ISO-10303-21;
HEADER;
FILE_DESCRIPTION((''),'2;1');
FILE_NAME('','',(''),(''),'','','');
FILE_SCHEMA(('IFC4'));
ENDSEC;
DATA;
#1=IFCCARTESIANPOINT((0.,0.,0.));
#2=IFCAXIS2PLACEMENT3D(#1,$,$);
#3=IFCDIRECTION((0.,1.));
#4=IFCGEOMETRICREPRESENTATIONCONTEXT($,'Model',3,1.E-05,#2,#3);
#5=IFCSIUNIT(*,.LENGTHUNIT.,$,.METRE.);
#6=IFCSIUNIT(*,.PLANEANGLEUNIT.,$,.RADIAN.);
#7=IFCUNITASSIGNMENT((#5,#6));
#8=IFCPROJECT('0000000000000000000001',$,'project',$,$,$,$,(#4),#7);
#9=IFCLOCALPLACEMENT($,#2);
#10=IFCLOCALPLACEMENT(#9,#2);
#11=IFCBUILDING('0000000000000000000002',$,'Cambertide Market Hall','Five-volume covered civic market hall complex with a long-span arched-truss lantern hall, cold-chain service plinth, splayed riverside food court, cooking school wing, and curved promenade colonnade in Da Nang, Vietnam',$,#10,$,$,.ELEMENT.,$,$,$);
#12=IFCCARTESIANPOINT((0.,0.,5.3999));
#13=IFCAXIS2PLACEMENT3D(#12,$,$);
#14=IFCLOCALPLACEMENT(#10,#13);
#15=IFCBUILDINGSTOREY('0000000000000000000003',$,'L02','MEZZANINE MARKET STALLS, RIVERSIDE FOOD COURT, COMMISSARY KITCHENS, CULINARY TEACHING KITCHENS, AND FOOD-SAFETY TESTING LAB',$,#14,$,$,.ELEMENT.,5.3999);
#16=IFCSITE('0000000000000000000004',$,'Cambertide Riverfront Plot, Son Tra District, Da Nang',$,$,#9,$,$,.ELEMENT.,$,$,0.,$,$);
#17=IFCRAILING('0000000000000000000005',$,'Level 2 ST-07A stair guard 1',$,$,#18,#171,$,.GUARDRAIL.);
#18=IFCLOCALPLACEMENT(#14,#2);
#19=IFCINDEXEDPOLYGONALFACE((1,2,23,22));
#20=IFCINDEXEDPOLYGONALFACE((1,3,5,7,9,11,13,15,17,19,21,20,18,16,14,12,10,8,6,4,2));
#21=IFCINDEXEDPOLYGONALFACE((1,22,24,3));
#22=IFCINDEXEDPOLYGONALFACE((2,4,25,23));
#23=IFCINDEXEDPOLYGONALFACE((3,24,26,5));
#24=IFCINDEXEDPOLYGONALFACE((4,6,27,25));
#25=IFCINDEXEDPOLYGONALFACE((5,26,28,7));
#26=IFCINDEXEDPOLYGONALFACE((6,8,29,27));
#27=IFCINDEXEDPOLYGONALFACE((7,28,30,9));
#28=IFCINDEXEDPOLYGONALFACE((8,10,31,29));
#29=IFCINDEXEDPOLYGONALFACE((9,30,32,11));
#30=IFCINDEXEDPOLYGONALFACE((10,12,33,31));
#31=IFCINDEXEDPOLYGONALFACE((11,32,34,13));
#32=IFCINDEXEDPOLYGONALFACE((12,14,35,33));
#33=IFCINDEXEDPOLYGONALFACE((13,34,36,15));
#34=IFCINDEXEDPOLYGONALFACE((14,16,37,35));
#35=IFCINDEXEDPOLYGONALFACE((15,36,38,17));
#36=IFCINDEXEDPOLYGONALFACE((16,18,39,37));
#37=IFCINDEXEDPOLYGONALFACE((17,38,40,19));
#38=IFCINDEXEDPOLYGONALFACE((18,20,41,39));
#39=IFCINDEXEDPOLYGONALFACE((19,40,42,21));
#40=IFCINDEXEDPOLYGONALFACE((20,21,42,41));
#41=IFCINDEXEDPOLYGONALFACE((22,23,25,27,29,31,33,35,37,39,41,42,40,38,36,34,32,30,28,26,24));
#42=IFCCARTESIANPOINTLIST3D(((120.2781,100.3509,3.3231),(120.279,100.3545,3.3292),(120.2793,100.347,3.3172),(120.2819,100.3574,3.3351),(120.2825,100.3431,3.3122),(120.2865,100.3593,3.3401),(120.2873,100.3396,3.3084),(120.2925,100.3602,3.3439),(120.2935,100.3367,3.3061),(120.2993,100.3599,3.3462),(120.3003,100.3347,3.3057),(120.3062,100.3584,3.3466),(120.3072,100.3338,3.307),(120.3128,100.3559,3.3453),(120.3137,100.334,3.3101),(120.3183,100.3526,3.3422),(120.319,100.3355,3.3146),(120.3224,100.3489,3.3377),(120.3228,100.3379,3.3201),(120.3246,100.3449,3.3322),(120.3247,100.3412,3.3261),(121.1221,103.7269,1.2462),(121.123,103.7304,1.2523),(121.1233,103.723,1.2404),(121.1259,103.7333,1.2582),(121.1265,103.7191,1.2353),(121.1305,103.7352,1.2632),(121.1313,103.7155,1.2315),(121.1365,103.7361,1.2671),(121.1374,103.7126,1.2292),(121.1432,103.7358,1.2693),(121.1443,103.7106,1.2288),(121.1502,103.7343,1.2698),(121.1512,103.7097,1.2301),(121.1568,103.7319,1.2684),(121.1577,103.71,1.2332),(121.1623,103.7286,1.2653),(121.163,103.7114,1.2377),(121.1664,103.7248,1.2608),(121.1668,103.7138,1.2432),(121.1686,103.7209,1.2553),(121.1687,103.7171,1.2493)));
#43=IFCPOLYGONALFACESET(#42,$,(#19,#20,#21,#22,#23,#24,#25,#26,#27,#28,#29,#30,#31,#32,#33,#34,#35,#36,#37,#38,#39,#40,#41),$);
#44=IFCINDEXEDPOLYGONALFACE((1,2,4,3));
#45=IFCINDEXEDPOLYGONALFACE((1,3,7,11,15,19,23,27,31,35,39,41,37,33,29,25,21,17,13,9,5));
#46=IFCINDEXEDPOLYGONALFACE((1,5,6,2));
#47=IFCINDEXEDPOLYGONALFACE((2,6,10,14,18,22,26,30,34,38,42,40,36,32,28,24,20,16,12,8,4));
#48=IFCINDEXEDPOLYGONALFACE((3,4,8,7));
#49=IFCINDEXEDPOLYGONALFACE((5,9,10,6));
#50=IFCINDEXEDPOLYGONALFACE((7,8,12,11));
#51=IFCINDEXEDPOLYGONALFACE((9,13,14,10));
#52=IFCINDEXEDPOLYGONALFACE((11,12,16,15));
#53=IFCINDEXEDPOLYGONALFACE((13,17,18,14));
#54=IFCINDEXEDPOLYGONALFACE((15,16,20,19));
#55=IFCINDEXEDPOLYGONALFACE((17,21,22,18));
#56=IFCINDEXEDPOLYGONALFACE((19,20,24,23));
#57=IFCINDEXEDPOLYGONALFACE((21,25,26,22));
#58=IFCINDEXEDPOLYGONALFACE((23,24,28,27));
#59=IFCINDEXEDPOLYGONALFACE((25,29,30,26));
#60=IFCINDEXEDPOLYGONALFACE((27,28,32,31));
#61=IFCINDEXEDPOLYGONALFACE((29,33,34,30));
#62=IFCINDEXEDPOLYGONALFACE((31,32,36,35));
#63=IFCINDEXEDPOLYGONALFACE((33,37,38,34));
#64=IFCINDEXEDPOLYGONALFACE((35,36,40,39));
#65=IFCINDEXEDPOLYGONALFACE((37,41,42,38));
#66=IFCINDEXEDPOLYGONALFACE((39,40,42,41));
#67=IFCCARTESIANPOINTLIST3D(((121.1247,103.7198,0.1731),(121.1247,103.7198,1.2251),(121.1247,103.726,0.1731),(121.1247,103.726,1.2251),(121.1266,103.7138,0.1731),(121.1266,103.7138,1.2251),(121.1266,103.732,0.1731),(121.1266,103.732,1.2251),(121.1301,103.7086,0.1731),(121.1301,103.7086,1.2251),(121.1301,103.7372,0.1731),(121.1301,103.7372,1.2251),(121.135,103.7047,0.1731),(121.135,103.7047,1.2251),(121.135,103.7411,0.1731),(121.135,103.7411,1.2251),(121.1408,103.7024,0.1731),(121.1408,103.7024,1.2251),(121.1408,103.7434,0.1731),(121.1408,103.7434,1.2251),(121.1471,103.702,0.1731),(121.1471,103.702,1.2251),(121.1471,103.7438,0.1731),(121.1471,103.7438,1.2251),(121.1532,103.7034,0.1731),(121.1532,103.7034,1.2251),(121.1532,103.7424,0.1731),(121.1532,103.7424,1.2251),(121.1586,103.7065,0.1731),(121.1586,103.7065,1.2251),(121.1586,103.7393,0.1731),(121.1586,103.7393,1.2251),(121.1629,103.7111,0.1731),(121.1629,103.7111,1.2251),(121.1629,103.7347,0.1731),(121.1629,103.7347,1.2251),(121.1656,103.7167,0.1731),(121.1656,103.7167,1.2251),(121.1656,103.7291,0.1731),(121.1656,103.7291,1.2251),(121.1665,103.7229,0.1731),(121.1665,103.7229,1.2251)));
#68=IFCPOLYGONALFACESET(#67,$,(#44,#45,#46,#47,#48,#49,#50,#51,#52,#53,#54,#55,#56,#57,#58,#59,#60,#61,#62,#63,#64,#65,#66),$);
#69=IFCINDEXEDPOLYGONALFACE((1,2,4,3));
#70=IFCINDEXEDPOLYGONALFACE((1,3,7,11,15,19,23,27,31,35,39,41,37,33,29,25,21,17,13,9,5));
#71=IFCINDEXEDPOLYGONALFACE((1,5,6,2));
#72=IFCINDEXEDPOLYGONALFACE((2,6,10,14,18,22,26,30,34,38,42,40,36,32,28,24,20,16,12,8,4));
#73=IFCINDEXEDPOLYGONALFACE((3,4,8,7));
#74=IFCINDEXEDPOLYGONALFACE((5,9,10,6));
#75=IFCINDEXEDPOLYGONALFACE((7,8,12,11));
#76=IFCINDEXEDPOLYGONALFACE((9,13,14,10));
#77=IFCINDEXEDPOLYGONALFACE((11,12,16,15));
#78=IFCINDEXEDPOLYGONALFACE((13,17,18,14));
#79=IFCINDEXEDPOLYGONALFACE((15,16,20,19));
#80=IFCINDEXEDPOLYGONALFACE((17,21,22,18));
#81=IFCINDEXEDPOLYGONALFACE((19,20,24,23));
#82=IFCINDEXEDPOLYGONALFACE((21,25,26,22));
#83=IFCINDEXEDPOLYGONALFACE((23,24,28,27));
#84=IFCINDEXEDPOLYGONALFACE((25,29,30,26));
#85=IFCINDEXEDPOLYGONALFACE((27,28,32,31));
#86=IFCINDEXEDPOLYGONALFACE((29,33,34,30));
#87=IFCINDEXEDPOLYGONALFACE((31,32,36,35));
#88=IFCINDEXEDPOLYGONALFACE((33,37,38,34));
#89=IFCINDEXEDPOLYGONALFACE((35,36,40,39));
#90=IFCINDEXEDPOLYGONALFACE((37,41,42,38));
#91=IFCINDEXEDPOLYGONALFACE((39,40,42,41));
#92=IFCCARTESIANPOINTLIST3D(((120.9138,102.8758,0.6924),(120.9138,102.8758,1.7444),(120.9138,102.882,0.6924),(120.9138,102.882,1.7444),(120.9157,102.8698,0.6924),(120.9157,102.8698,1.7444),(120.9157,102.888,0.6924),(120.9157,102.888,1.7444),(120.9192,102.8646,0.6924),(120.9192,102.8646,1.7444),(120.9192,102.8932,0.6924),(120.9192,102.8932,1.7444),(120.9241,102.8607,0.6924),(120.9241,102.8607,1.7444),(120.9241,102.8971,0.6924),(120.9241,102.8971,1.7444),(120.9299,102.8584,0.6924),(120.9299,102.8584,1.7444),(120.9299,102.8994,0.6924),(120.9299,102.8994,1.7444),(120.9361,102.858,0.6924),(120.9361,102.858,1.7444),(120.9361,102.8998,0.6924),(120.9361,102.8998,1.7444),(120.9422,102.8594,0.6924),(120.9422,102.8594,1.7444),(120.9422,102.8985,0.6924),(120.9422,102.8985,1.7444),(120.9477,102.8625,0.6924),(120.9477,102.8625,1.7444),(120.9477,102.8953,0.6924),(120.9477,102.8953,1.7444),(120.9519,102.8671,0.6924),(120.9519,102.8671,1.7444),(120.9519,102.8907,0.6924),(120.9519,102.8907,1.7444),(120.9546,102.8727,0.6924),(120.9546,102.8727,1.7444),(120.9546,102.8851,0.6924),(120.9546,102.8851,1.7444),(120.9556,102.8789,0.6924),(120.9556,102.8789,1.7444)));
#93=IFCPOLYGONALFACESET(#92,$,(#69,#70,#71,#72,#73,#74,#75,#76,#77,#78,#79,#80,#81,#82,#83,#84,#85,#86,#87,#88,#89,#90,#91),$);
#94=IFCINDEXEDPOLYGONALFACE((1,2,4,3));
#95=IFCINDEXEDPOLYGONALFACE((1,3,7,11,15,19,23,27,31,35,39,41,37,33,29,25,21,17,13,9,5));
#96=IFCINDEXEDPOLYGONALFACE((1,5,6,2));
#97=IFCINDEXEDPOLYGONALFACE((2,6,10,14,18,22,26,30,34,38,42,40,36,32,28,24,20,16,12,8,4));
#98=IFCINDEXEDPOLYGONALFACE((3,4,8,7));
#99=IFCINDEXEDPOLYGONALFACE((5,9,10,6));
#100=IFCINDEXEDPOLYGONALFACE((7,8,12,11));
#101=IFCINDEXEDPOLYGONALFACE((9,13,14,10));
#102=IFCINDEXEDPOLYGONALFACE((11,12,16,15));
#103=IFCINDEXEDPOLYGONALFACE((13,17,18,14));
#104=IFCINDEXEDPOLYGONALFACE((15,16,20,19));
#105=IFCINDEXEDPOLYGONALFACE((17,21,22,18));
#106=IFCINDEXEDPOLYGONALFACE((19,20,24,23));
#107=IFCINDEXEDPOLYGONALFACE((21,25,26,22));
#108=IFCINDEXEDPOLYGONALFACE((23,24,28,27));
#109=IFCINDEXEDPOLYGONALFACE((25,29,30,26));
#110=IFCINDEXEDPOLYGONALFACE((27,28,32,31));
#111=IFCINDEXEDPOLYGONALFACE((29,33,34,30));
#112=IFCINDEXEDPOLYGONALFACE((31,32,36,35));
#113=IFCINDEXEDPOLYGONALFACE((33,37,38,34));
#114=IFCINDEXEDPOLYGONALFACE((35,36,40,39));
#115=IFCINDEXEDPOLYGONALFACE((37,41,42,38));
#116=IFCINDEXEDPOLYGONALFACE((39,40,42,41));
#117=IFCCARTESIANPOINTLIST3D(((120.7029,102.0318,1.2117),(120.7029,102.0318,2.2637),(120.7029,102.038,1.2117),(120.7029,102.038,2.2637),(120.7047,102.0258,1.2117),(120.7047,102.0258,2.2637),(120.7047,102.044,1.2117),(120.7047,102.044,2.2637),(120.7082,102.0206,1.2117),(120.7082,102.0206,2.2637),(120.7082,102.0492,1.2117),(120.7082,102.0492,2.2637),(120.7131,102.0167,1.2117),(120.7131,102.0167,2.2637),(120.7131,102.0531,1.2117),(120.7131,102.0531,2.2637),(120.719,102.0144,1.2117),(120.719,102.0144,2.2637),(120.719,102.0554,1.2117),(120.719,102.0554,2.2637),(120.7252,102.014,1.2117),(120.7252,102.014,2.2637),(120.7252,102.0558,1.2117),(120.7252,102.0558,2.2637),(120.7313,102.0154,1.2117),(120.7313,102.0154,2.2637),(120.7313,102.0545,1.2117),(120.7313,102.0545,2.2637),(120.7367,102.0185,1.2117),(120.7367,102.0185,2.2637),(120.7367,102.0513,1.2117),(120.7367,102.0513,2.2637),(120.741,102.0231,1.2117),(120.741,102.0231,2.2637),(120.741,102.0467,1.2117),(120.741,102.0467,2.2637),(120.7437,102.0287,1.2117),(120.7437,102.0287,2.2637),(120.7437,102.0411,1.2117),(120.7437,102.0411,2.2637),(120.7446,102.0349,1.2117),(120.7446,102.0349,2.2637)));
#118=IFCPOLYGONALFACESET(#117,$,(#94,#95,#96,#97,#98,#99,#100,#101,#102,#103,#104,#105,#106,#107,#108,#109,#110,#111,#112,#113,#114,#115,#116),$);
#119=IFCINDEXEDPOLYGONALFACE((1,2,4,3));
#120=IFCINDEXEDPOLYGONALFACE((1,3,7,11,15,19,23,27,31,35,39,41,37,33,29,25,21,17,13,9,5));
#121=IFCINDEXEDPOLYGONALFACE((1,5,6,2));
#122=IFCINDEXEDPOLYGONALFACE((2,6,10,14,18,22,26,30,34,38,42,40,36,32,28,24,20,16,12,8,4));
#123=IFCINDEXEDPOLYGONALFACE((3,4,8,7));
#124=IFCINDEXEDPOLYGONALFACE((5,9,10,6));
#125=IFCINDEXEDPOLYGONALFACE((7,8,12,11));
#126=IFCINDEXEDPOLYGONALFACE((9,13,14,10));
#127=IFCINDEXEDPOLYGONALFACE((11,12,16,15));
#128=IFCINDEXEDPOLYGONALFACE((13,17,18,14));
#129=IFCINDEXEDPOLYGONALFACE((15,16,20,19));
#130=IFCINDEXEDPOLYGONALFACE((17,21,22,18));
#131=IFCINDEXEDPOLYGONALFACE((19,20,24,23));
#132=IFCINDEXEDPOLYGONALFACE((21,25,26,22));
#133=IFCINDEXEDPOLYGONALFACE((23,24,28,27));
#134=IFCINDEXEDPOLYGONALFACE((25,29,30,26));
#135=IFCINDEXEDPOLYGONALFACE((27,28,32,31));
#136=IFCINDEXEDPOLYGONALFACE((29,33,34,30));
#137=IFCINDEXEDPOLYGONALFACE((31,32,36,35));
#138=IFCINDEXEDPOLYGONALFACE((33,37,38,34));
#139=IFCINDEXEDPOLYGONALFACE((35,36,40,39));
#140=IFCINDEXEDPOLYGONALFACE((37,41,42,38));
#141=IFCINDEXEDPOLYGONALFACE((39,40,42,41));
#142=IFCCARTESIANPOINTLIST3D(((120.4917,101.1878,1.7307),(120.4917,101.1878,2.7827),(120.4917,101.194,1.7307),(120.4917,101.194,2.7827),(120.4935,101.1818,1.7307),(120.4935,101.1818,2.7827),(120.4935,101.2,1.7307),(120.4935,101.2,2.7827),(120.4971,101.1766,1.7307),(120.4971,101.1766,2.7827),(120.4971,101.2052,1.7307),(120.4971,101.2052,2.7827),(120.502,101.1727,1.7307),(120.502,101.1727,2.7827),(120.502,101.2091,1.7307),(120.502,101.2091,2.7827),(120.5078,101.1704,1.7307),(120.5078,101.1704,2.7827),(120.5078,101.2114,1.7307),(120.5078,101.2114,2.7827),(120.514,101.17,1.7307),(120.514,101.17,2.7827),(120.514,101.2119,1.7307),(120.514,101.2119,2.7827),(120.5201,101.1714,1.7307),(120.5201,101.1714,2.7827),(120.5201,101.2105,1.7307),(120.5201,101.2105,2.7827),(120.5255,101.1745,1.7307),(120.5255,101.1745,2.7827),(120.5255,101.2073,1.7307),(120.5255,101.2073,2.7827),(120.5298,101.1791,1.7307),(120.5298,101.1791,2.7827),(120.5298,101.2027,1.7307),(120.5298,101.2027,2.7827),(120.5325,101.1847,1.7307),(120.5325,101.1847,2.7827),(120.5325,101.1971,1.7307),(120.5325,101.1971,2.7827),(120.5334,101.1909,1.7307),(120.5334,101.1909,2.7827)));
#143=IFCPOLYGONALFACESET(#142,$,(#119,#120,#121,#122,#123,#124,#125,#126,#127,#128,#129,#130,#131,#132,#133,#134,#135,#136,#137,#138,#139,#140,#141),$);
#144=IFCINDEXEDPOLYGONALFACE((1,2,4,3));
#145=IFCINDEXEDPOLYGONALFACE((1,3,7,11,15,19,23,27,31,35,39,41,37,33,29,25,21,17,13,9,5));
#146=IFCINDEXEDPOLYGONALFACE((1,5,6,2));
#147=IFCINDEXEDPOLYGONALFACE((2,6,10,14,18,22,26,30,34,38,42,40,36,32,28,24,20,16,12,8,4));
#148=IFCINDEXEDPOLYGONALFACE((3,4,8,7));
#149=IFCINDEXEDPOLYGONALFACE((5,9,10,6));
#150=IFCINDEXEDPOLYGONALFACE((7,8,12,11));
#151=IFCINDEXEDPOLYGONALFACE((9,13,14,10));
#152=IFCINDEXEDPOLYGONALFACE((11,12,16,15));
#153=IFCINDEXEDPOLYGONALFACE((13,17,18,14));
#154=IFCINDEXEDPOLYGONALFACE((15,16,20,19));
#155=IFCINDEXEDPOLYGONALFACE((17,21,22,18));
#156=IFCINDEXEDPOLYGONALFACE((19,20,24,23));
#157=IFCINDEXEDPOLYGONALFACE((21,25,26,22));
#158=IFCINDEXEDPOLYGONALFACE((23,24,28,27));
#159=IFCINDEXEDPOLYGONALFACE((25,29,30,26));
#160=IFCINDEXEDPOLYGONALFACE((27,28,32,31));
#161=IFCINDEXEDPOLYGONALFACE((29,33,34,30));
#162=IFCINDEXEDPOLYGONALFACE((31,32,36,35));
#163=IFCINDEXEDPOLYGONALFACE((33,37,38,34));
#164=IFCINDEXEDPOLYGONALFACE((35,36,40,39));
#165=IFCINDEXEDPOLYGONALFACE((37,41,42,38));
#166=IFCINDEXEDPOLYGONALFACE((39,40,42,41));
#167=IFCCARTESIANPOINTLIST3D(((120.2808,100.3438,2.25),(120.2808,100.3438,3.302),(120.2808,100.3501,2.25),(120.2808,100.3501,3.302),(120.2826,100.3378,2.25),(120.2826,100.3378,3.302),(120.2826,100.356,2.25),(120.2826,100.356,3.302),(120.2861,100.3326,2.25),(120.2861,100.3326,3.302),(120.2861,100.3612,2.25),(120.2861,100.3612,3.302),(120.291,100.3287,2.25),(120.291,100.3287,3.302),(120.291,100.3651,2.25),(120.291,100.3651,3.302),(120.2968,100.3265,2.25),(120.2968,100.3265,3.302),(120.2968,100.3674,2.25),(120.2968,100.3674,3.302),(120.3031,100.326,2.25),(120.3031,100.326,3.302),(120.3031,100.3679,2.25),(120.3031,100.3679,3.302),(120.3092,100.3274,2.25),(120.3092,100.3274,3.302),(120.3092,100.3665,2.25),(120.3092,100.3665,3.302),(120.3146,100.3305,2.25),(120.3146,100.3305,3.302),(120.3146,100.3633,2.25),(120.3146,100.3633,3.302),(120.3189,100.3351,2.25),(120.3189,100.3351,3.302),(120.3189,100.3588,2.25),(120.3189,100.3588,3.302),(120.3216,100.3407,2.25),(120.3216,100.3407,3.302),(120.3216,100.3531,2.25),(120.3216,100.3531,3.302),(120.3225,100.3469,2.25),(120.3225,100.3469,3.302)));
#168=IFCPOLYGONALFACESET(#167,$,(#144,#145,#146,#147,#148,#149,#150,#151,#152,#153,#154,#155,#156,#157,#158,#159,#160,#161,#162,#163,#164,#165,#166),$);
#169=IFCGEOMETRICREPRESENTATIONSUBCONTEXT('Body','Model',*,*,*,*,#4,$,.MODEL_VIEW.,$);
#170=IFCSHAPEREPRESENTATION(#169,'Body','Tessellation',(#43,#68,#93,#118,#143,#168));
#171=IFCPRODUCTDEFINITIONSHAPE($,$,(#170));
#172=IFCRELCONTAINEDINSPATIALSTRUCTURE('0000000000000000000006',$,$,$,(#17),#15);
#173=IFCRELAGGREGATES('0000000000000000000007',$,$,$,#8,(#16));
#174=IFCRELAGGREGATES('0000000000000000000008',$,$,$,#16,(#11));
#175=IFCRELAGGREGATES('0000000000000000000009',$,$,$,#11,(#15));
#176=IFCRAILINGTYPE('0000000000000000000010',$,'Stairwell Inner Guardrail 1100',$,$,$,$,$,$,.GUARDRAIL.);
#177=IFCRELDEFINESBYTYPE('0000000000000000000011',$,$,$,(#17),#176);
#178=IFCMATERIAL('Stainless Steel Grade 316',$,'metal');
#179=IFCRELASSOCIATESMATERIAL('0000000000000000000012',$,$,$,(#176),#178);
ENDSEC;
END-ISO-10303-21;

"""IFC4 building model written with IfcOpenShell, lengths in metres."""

from ifc_helpers import new_model, si_unit, direction, frame, origin, origin_2d, place, context, subcontext, project, spatial, circle, extrude, material, type_object, element, save


model = new_model("IFC4")

# Units and contexts
model_context = context("Model", 3, precision=1e-05, world=origin(), true_north=direction((0.0, 1.0)))
body_context = subcontext(model_context, "Body", "Model", "MODEL_VIEW")
ifc_project = project(units=[si_unit("LENGTHUNIT", "METRE"), si_unit("PLANEANGLEUNIT", "RADIAN")], contexts=[model_context])

# Site, building, storey
site_placement = place(None, origin())
site = spatial("IfcSite", under=ifc_project, at=site_placement, Name="Cambertide Riverfront Plot, Son Tra District, Da Nang", CompositionType="ELEMENT", RefElevation=0.0)
building_placement = place(site_placement, origin())
building = spatial("IfcBuilding", under=site, at=building_placement, Name="Cambertide Market Hall", Description="Five-volume covered civic market hall complex with a long-span arched-truss lantern hall, cold-chain service plinth, splayed riverside food court, cooking school wing, and curved promenade colonnade in Da Nang, Vietnam", CompositionType="ELEMENT")
storey_placement = place(building_placement, frame((0.0, 0.0, 5.3999)))
storey = spatial("IfcBuildingStorey", under=building, at=storey_placement, Name="L02", Description="MEZZANINE MARKET STALLS, RIVERSIDE FOOD COURT, COMMISSARY KITCHENS, CULINARY TEACHING KITCHENS, AND FOOD-SAFETY TESTING LAB", CompositionType="ELEMENT", Elevation=5.3999)

# Railing
ifc_material_1 = material(Name="Stainless Steel Grade 316", Category="metal")
railing_type_1 = type_object("IfcRailingType", Name="Stairwell Inner Guardrail 1100", PredefinedType="GUARDRAIL", material=ifc_material_1)
railing_1_placement = place(storey_placement, frame((121.1455, 103.7229, 0.1731)))
element("IfcRailing", 1, at=railing_1_placement, inside=storey, type_object=railing_type_1, Name="Level 2 ST-07A stair guard 1", PredefinedType="GUARDRAIL", context=body_context, shape_type="SweptSolid", body=[
    extrude(circle(Radius=0.0239, at=origin_2d()), frame((0.0, 0.0, 1.0762), z_axis=(-0.208263, -0.833052, 0.512495), x_axis=(0.970143, -0.242536, 0.0)), (0.0, 0.0, 1.0), 4.0525),
    extrude(circle(Radius=0.021, at=origin_2d()), origin(), (0.0, 0.0, 1.0), 1.052),
    extrude(circle(Radius=0.021, at=origin_2d()), frame((-0.2109, -0.844, 0.5193)), (0.0, 0.0, 1.0), 1.052),
    extrude(circle(Radius=0.021, at=origin_2d()), frame((-0.4219, -1.688, 1.0386)), (0.0, 0.0, 1.0), 1.052),
    extrude(circle(Radius=0.021, at=origin_2d()), frame((-0.6331, -2.532, 1.5576)), (0.0, 0.0, 1.0), 1.052),
    extrude(circle(Radius=0.021, at=origin_2d()), frame((-0.844, -3.376, 2.0769)), (0.0, 0.0, 1.0), 1.052),
])

save(model, "model.ifc")
